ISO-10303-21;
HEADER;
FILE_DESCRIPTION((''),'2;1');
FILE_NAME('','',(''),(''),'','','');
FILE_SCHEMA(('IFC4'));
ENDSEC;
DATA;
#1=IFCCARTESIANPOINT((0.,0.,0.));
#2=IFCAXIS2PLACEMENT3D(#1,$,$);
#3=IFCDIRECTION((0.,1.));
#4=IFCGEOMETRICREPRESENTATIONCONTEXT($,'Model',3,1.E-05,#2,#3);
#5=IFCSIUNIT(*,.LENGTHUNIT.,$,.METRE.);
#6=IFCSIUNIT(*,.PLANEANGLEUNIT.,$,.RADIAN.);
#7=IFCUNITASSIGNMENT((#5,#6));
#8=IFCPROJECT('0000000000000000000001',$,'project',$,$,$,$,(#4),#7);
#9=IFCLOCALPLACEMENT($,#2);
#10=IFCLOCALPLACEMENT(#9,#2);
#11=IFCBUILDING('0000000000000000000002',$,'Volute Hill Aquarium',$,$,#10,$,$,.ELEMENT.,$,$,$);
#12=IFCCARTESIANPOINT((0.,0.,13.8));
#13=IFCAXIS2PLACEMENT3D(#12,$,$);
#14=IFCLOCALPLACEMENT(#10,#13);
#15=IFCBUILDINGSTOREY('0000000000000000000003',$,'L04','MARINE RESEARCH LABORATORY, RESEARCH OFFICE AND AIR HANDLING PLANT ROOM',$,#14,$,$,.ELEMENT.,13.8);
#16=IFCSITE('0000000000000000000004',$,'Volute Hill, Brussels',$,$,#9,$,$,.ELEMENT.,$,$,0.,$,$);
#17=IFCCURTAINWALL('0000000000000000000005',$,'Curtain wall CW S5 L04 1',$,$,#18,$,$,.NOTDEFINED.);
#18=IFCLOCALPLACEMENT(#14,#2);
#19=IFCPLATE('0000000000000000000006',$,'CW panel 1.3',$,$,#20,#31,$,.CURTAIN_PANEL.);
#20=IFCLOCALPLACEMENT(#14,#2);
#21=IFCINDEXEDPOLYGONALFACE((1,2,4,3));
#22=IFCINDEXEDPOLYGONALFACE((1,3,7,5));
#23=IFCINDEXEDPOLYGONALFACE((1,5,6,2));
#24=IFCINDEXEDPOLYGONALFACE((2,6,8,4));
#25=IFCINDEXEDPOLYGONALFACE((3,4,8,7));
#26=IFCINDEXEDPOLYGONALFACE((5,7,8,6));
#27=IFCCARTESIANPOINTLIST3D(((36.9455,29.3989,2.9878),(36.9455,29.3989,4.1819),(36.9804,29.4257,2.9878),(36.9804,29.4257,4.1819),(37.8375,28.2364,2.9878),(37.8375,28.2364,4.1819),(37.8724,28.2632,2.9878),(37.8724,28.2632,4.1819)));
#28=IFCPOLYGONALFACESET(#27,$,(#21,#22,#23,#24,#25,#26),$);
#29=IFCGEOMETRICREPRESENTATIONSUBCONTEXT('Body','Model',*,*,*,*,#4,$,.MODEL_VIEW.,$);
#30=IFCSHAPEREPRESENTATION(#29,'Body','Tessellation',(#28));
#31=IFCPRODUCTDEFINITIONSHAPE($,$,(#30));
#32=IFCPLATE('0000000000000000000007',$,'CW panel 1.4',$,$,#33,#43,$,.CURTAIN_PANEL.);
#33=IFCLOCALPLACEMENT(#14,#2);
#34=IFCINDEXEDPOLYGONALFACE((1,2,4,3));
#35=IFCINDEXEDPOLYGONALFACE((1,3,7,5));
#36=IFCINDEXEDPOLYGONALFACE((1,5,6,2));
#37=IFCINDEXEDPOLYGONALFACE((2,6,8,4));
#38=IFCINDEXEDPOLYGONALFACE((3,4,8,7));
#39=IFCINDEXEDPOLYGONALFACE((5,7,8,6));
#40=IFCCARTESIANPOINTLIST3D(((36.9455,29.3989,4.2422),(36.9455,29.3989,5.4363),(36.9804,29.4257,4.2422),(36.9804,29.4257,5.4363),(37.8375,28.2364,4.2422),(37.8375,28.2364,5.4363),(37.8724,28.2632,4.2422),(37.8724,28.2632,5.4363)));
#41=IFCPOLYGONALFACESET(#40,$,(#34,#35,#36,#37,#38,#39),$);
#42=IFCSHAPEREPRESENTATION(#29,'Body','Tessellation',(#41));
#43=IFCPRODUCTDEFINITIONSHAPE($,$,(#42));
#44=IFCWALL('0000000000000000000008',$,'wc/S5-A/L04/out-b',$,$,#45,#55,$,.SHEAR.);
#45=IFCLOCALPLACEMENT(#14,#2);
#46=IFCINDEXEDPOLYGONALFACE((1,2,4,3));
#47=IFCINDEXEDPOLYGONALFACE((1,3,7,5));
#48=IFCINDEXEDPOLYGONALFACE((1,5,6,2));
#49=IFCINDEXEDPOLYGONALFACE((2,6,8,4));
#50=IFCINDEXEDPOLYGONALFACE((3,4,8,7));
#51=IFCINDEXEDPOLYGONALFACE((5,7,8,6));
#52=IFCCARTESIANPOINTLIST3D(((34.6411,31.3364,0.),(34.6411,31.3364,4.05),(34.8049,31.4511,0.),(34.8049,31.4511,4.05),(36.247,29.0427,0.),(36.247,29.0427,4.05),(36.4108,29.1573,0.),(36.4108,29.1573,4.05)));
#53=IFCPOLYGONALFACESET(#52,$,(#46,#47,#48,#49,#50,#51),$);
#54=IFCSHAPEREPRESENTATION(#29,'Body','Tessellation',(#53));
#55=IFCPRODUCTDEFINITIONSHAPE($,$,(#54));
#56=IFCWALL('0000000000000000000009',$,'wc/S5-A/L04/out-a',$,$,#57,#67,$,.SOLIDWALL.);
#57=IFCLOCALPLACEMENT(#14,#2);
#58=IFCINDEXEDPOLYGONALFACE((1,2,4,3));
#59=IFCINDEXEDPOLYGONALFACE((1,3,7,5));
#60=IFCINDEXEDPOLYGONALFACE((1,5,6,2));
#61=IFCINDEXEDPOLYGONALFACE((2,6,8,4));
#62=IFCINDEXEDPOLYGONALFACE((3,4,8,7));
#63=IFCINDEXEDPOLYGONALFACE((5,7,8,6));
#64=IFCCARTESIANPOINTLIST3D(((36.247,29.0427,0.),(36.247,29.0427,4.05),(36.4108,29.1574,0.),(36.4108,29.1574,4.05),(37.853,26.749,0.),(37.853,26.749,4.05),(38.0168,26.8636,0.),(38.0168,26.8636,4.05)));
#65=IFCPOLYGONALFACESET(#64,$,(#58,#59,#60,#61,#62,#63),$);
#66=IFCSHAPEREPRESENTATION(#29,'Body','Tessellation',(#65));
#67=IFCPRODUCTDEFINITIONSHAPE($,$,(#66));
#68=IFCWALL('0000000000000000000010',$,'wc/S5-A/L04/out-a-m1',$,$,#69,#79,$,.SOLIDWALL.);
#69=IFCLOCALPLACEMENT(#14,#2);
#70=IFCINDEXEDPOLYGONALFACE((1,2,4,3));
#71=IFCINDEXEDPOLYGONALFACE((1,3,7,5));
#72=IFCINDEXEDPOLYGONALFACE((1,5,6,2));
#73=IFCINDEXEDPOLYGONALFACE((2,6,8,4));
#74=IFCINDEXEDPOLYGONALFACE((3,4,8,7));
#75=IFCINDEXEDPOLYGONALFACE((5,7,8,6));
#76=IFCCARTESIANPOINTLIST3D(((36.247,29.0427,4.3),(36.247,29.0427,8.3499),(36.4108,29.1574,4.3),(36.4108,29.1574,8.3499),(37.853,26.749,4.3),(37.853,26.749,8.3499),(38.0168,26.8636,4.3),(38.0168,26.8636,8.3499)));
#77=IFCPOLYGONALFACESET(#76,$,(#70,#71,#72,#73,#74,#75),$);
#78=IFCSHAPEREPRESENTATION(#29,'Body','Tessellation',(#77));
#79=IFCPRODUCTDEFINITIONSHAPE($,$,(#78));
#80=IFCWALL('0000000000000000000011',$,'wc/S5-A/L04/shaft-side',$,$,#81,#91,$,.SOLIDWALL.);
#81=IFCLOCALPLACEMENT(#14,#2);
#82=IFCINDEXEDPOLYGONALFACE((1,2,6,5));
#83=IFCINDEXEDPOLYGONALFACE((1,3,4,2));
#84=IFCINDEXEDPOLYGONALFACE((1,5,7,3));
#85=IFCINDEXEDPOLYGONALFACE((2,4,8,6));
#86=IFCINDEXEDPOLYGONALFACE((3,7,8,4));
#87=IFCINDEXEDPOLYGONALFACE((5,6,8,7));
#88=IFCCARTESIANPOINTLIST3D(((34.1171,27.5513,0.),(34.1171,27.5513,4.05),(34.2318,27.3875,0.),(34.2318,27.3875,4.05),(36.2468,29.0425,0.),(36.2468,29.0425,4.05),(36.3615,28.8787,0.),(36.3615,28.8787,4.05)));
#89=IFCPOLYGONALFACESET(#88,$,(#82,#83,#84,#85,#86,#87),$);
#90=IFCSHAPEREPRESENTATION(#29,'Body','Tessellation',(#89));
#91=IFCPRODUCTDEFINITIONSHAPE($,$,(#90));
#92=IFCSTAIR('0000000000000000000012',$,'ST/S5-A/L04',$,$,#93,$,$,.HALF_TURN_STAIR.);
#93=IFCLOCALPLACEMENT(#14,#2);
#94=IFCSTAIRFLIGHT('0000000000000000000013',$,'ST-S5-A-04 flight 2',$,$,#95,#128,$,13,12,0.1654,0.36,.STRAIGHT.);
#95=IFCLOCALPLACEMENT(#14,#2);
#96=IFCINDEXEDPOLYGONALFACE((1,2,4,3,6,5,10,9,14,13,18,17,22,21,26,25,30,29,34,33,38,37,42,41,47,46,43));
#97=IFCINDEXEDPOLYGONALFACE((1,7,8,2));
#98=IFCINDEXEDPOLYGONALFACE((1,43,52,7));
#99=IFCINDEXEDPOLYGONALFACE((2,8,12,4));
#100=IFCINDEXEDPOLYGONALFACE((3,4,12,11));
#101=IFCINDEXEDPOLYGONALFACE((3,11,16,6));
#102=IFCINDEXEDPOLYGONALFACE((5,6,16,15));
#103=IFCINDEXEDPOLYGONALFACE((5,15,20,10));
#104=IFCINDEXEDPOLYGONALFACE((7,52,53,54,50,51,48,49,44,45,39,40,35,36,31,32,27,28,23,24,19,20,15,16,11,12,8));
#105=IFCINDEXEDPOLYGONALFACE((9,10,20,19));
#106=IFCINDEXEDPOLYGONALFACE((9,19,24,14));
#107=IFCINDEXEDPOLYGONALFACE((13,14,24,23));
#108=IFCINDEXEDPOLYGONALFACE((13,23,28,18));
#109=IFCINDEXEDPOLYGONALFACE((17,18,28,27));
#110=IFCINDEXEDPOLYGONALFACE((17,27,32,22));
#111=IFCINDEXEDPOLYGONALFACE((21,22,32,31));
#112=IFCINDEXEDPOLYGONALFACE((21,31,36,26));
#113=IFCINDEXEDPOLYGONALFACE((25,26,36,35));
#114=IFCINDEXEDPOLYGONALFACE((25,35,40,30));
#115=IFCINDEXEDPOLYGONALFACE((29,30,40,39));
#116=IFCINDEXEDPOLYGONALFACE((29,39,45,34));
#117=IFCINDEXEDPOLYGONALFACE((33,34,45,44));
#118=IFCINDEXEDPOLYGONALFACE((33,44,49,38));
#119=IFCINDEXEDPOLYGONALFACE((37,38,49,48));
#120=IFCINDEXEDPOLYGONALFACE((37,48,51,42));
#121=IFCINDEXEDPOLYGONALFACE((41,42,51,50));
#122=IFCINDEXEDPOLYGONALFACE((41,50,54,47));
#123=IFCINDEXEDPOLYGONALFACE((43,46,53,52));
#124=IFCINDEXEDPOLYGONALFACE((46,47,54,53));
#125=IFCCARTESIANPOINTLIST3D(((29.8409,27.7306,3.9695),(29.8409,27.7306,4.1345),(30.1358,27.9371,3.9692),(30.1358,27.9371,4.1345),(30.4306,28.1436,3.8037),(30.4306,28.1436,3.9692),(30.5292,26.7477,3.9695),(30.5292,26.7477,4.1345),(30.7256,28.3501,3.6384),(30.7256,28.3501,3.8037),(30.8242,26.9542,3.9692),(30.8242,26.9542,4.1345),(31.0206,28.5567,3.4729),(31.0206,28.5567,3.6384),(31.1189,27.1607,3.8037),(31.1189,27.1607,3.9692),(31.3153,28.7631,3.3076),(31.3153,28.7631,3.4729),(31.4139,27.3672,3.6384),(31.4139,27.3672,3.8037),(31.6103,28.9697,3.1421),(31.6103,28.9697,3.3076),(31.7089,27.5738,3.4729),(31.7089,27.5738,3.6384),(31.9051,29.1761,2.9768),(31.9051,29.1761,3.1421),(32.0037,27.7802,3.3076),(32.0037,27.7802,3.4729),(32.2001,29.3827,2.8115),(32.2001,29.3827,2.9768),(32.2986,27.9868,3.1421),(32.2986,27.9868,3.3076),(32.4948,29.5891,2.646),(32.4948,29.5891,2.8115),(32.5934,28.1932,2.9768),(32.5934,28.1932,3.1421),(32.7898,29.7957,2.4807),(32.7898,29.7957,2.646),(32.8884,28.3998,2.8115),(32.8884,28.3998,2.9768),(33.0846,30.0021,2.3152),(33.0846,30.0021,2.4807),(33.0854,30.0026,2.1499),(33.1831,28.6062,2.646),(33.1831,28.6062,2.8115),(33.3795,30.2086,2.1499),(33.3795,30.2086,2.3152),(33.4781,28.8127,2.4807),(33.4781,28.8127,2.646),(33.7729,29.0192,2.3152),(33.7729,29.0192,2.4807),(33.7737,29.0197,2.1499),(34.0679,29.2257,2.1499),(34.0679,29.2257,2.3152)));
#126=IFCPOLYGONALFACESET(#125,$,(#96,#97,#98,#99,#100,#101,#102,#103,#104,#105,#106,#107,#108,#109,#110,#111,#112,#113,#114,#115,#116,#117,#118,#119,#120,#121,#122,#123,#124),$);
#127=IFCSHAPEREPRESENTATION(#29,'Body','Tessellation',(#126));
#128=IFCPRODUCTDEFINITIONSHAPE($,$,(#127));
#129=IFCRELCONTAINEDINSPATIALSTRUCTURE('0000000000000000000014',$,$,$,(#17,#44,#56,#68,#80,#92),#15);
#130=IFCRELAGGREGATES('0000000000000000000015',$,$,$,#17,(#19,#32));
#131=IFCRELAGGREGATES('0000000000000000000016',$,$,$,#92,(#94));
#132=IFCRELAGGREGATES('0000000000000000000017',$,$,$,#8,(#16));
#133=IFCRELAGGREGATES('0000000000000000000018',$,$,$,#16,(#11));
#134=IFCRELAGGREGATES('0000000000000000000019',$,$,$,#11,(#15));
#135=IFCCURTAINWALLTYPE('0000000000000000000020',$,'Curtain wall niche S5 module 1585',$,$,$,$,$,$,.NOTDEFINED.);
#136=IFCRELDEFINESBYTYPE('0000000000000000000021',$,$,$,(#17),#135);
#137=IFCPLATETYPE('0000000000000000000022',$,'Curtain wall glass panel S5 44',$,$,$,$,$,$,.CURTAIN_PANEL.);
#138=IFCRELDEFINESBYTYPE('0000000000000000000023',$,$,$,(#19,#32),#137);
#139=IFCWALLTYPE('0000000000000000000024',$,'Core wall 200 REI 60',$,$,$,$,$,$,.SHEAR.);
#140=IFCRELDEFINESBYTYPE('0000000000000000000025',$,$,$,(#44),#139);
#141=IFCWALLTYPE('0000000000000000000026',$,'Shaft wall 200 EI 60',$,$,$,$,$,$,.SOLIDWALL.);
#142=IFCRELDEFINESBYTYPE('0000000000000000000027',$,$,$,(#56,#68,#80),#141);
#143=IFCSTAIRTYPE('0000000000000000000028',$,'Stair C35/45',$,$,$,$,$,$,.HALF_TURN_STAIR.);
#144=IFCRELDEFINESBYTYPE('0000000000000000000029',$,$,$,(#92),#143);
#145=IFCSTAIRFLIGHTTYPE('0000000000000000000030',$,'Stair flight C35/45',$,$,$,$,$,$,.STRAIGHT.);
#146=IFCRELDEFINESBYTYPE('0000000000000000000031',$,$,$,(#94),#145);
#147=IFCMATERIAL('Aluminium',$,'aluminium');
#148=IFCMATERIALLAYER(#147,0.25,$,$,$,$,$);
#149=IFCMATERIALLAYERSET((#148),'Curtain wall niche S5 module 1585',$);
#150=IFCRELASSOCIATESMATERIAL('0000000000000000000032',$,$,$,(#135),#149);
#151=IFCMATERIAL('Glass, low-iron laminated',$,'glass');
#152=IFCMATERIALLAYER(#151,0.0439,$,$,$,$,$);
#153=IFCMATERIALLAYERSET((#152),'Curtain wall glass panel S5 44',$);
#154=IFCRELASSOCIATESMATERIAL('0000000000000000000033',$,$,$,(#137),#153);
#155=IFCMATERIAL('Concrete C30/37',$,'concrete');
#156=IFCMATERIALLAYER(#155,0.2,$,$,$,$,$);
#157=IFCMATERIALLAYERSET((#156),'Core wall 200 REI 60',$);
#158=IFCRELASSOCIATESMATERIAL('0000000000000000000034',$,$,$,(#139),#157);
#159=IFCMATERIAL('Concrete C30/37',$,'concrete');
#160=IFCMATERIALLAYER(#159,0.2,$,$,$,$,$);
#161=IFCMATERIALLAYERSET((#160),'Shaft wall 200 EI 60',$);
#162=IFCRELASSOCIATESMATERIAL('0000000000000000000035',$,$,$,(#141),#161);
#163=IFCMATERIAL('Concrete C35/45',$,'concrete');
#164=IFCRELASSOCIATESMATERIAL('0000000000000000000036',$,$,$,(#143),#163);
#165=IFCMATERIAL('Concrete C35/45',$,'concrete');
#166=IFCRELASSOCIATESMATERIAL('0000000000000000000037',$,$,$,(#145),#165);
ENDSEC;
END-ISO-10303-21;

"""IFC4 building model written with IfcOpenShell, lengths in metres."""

from ifc_helpers import new_model, si_unit, direction, frame, frame_2d, origin, origin_2d, place, context, subcontext, project, spatial, polyline, rectangle, outline, extrude, material, layer, layer_set, type_object, element, aggregate, save


model = new_model("IFC4")

# Units and contexts
model_context = context("Model", 3, precision=1e-05, world=origin(), true_north=direction((0.0, 1.0)))
body_context = subcontext(model_context, "Body", "Model", "MODEL_VIEW")
ifc_project = project(units=[si_unit("LENGTHUNIT", "METRE"), si_unit("PLANEANGLEUNIT", "RADIAN")], contexts=[model_context])

# Site, building, storey
site_placement = place(None, origin())
site = spatial("IfcSite", under=ifc_project, at=site_placement, Name="Volute Hill, Brussels", CompositionType="ELEMENT", RefElevation=0.0)
building_placement = place(site_placement, origin())
building = spatial("IfcBuilding", under=site, at=building_placement, Name="Volute Hill Aquarium", CompositionType="ELEMENT")
storey_placement = place(building_placement, frame((0.0, 0.0, 13.8)))
storey = spatial("IfcBuildingStorey", under=building, at=storey_placement, Name="L04", Description="MARINE RESEARCH LABORATORY, RESEARCH OFFICE AND AIR HANDLING PLANT ROOM", CompositionType="ELEMENT", Elevation=13.8)

# Curtain wall
ifc_material_1 = material(Name="Aluminium", Category="aluminium")
ifc_layer_1 = layer(ifc_material_1, 0.25)
ifc_layer_set_1 = layer_set([ifc_layer_1], Name="Curtain wall niche S5 module 1585")
curtain_wall_type = type_object("IfcCurtainWallType", Name="Curtain wall niche S5 module 1585", PredefinedType="NOTDEFINED", material=ifc_layer_set_1)
curtain_wall_placement = place(storey_placement, origin())
curtain_wall = element("IfcCurtainWall", 1, at=curtain_wall_placement, inside=storey, type_object=curtain_wall_type, Name="Curtain wall CW S5 L04 1", PredefinedType="NOTDEFINED")

# Plates
ifc_material_2 = material(Name="Glass, low-iron laminated", Category="glass")
ifc_layer_2 = layer(ifc_material_2, 0.0439)
ifc_layer_set_2 = layer_set([ifc_layer_2], Name="Curtain wall glass panel S5 44")
plate_type = type_object("IfcPlateType", Name="Curtain wall glass panel S5 44", PredefinedType="CURTAIN_PANEL", material=ifc_layer_set_2)
plate_1_placement = place(storey_placement, frame((37.4089, 28.8311, 2.9878), z_axis=(0.0, 0.0, 1.0), x_axis=(-0.608752, 0.793361, 0.0)))
plate_1 = element("IfcPlate", 2, at=plate_1_placement, type_object=plate_type, Name="CW panel 1.3", PredefinedType="CURTAIN_PANEL", context=body_context, shape_type="SweptSolid", body=[
    extrude(rectangle(XDim=1.4653, YDim=0.0439, at=origin_2d()), origin(), (0.0, 0.0, 1.0), 1.1941),
])
plate_2_placement = place(storey_placement, frame((37.4089, 28.8311, 4.2422), z_axis=(0.0, 0.0, 1.0), x_axis=(-0.608752, 0.793361, 0.0)))
plate_2 = element("IfcPlate", 3, at=plate_2_placement, type_object=plate_type, Name="CW panel 1.4", PredefinedType="CURTAIN_PANEL", context=body_context, shape_type="SweptSolid", body=[
    extrude(rectangle(XDim=1.4653, YDim=0.0439, at=origin_2d()), origin(), (0.0, 0.0, 1.0), 1.1941),
])
aggregate(curtain_wall, [plate_1, plate_2])

# Walls
ifc_material_3 = material(Name="Concrete C30/37", Category="concrete")
ifc_layer_3 = layer(ifc_material_3, 0.2)
ifc_layer_set_3 = layer_set([ifc_layer_3], Name="Core wall 200 REI 60")
wall_type_1 = type_object("IfcWallType", Name="Core wall 200 REI 60", PredefinedType="SHEAR", material=ifc_layer_set_3)
wall_1_placement = place(storey_placement, frame((36.3289, 29.1001, 0.0), z_axis=(0.0, 0.0, 1.0), x_axis=(-0.57355, 0.81917, 0.0)))
element("IfcWall", 4, at=wall_1_placement, inside=storey, type_object=wall_type_1, Name="wc/S5-A/L04/out-b", PredefinedType="SHEAR", context=body_context, shape_type="SweptSolid", body=[
    extrude(rectangle(XDim=2.8, YDim=0.2, at=frame_2d((1.3999, 0.0))), origin(), (0.0, 0.0, 1.0), 4.05),
])
ifc_material_4 = material(Name="Concrete C30/37", Category="concrete")
ifc_layer_4 = layer(ifc_material_4, 0.2)
ifc_layer_set_4 = layer_set([ifc_layer_4], Name="Shaft wall 200 EI 60")
wall_type_2 = type_object("IfcWallType", Name="Shaft wall 200 EI 60", PredefinedType="SOLIDWALL", material=ifc_layer_set_4)
wall_2_placement = place(storey_placement, frame((37.9348, 26.8064, 0.0), z_axis=(0.0, 0.0, 1.0), x_axis=(-0.57355, 0.81917, 0.0)))
element("IfcWall", 5, at=wall_2_placement, inside=storey, type_object=wall_type_2, Name="wc/S5-A/L04/out-a", PredefinedType="SOLIDWALL", context=body_context, shape_type="SweptSolid", body=[
    extrude(rectangle(XDim=2.8, YDim=0.2, at=frame_2d((1.3999, 0.0))), origin(), (0.0, 0.0, 1.0), 4.05),
])
wall_3_placement = place(storey_placement, frame((37.9348, 26.8064, 4.3), z_axis=(0.0, 0.0, 1.0), x_axis=(-0.57355, 0.81917, 0.0)))
element("IfcWall", 6, at=wall_3_placement, inside=storey, type_object=wall_type_2, Name="wc/S5-A/L04/out-a-m1", PredefinedType="SOLIDWALL", context=body_context, shape_type="SweptSolid", body=[
    extrude(rectangle(XDim=2.8, YDim=0.2, at=frame_2d((1.3999, 0.0))), origin(), (0.0, 0.0, 1.0), 4.0498),
])
wall_4_placement = place(storey_placement, frame((34.1746, 27.4695, 0.0), z_axis=(0.0, 0.0, 1.0), x_axis=(0.819148, 0.573582, 0.0)))
element("IfcWall", 7, at=wall_4_placement, inside=storey, type_object=wall_type_2, Name="wc/S5-A/L04/shaft-side", PredefinedType="SOLIDWALL", context=body_context, shape_type="SweptSolid", body=[
    extrude(rectangle(XDim=2.5999, YDim=0.2, at=frame_2d((1.2998, 0.0))), origin(), (0.0, 0.0, 1.0), 4.05),
])

# Stair, stair flight
ifc_material_5 = material(Name="Concrete C35/45", Category="concrete")
stair_type = type_object("IfcStairType", Name="Stair C35/45", PredefinedType="HALF_TURN_STAIR", material=ifc_material_5)
stair_placement = place(storey_placement, origin())
stair = element("IfcStair", 8, at=stair_placement, inside=storey, type_object=stair_type, Name="ST/S5-A/L04", PredefinedType="HALF_TURN_STAIR")
ifc_material_6 = material(Name="Concrete C35/45", Category="concrete")
stair_flight_type = type_object("IfcStairFlightType", Name="Stair flight C35/45", PredefinedType="STRAIGHT", material=ifc_material_6)
stair_flight_placement = place(storey_placement, frame((33.7236, 29.7173, 2.1499), z_axis=(0.0, 0.0, 1.0), x_axis=(-0.819124, -0.573617, 0.0)))
stair_flight = element("IfcStairFlight", 9, at=stair_flight_placement, type_object=stair_flight_type, Name="ST-S5-A-04 flight 2", NumberOfRisers=13, NumberOfTreads=12, PredefinedType="STRAIGHT", RiserHeight=0.1654, TreadLength=0.36, context=body_context, shape_type="SweptSolid", body=[
    extrude(outline(polyline([(0.0, 0.0), (0.0, 0.1653), (0.3601, 0.1653), (0.3601, 0.3308), (0.72, 0.3308), (0.72, 0.4961), (1.0801, 0.4961), (1.0801, 0.6616), (1.4399, 0.6616), (1.4399, 0.8269), (1.8, 0.8269), (1.8, 0.9922), (2.1599, 0.9922), (2.1599, 1.1577), (2.52, 1.1577), (2.52, 1.323), (2.8799, 1.323), (2.8799, 1.4885), (3.24, 1.4885), (3.24, 1.6538), (3.6001, 1.6538), (3.6001, 1.8193), (3.96, 1.8193), (3.96, 1.9846), (4.3201, 1.9846), (4.3201, 2.1499), (4.3201, 1.8196), (0.3591, 0.0), (0.0, 0.0)])), frame((0.0, 0.6001, 0.0), z_axis=(0.0, -1.0, 0.0), x_axis=(1.0, 0.0, 0.0)), (0.0, 0.0, 1.0), 1.2),
])
aggregate(stair, [stair_flight])

save(model, "model.ifc")
